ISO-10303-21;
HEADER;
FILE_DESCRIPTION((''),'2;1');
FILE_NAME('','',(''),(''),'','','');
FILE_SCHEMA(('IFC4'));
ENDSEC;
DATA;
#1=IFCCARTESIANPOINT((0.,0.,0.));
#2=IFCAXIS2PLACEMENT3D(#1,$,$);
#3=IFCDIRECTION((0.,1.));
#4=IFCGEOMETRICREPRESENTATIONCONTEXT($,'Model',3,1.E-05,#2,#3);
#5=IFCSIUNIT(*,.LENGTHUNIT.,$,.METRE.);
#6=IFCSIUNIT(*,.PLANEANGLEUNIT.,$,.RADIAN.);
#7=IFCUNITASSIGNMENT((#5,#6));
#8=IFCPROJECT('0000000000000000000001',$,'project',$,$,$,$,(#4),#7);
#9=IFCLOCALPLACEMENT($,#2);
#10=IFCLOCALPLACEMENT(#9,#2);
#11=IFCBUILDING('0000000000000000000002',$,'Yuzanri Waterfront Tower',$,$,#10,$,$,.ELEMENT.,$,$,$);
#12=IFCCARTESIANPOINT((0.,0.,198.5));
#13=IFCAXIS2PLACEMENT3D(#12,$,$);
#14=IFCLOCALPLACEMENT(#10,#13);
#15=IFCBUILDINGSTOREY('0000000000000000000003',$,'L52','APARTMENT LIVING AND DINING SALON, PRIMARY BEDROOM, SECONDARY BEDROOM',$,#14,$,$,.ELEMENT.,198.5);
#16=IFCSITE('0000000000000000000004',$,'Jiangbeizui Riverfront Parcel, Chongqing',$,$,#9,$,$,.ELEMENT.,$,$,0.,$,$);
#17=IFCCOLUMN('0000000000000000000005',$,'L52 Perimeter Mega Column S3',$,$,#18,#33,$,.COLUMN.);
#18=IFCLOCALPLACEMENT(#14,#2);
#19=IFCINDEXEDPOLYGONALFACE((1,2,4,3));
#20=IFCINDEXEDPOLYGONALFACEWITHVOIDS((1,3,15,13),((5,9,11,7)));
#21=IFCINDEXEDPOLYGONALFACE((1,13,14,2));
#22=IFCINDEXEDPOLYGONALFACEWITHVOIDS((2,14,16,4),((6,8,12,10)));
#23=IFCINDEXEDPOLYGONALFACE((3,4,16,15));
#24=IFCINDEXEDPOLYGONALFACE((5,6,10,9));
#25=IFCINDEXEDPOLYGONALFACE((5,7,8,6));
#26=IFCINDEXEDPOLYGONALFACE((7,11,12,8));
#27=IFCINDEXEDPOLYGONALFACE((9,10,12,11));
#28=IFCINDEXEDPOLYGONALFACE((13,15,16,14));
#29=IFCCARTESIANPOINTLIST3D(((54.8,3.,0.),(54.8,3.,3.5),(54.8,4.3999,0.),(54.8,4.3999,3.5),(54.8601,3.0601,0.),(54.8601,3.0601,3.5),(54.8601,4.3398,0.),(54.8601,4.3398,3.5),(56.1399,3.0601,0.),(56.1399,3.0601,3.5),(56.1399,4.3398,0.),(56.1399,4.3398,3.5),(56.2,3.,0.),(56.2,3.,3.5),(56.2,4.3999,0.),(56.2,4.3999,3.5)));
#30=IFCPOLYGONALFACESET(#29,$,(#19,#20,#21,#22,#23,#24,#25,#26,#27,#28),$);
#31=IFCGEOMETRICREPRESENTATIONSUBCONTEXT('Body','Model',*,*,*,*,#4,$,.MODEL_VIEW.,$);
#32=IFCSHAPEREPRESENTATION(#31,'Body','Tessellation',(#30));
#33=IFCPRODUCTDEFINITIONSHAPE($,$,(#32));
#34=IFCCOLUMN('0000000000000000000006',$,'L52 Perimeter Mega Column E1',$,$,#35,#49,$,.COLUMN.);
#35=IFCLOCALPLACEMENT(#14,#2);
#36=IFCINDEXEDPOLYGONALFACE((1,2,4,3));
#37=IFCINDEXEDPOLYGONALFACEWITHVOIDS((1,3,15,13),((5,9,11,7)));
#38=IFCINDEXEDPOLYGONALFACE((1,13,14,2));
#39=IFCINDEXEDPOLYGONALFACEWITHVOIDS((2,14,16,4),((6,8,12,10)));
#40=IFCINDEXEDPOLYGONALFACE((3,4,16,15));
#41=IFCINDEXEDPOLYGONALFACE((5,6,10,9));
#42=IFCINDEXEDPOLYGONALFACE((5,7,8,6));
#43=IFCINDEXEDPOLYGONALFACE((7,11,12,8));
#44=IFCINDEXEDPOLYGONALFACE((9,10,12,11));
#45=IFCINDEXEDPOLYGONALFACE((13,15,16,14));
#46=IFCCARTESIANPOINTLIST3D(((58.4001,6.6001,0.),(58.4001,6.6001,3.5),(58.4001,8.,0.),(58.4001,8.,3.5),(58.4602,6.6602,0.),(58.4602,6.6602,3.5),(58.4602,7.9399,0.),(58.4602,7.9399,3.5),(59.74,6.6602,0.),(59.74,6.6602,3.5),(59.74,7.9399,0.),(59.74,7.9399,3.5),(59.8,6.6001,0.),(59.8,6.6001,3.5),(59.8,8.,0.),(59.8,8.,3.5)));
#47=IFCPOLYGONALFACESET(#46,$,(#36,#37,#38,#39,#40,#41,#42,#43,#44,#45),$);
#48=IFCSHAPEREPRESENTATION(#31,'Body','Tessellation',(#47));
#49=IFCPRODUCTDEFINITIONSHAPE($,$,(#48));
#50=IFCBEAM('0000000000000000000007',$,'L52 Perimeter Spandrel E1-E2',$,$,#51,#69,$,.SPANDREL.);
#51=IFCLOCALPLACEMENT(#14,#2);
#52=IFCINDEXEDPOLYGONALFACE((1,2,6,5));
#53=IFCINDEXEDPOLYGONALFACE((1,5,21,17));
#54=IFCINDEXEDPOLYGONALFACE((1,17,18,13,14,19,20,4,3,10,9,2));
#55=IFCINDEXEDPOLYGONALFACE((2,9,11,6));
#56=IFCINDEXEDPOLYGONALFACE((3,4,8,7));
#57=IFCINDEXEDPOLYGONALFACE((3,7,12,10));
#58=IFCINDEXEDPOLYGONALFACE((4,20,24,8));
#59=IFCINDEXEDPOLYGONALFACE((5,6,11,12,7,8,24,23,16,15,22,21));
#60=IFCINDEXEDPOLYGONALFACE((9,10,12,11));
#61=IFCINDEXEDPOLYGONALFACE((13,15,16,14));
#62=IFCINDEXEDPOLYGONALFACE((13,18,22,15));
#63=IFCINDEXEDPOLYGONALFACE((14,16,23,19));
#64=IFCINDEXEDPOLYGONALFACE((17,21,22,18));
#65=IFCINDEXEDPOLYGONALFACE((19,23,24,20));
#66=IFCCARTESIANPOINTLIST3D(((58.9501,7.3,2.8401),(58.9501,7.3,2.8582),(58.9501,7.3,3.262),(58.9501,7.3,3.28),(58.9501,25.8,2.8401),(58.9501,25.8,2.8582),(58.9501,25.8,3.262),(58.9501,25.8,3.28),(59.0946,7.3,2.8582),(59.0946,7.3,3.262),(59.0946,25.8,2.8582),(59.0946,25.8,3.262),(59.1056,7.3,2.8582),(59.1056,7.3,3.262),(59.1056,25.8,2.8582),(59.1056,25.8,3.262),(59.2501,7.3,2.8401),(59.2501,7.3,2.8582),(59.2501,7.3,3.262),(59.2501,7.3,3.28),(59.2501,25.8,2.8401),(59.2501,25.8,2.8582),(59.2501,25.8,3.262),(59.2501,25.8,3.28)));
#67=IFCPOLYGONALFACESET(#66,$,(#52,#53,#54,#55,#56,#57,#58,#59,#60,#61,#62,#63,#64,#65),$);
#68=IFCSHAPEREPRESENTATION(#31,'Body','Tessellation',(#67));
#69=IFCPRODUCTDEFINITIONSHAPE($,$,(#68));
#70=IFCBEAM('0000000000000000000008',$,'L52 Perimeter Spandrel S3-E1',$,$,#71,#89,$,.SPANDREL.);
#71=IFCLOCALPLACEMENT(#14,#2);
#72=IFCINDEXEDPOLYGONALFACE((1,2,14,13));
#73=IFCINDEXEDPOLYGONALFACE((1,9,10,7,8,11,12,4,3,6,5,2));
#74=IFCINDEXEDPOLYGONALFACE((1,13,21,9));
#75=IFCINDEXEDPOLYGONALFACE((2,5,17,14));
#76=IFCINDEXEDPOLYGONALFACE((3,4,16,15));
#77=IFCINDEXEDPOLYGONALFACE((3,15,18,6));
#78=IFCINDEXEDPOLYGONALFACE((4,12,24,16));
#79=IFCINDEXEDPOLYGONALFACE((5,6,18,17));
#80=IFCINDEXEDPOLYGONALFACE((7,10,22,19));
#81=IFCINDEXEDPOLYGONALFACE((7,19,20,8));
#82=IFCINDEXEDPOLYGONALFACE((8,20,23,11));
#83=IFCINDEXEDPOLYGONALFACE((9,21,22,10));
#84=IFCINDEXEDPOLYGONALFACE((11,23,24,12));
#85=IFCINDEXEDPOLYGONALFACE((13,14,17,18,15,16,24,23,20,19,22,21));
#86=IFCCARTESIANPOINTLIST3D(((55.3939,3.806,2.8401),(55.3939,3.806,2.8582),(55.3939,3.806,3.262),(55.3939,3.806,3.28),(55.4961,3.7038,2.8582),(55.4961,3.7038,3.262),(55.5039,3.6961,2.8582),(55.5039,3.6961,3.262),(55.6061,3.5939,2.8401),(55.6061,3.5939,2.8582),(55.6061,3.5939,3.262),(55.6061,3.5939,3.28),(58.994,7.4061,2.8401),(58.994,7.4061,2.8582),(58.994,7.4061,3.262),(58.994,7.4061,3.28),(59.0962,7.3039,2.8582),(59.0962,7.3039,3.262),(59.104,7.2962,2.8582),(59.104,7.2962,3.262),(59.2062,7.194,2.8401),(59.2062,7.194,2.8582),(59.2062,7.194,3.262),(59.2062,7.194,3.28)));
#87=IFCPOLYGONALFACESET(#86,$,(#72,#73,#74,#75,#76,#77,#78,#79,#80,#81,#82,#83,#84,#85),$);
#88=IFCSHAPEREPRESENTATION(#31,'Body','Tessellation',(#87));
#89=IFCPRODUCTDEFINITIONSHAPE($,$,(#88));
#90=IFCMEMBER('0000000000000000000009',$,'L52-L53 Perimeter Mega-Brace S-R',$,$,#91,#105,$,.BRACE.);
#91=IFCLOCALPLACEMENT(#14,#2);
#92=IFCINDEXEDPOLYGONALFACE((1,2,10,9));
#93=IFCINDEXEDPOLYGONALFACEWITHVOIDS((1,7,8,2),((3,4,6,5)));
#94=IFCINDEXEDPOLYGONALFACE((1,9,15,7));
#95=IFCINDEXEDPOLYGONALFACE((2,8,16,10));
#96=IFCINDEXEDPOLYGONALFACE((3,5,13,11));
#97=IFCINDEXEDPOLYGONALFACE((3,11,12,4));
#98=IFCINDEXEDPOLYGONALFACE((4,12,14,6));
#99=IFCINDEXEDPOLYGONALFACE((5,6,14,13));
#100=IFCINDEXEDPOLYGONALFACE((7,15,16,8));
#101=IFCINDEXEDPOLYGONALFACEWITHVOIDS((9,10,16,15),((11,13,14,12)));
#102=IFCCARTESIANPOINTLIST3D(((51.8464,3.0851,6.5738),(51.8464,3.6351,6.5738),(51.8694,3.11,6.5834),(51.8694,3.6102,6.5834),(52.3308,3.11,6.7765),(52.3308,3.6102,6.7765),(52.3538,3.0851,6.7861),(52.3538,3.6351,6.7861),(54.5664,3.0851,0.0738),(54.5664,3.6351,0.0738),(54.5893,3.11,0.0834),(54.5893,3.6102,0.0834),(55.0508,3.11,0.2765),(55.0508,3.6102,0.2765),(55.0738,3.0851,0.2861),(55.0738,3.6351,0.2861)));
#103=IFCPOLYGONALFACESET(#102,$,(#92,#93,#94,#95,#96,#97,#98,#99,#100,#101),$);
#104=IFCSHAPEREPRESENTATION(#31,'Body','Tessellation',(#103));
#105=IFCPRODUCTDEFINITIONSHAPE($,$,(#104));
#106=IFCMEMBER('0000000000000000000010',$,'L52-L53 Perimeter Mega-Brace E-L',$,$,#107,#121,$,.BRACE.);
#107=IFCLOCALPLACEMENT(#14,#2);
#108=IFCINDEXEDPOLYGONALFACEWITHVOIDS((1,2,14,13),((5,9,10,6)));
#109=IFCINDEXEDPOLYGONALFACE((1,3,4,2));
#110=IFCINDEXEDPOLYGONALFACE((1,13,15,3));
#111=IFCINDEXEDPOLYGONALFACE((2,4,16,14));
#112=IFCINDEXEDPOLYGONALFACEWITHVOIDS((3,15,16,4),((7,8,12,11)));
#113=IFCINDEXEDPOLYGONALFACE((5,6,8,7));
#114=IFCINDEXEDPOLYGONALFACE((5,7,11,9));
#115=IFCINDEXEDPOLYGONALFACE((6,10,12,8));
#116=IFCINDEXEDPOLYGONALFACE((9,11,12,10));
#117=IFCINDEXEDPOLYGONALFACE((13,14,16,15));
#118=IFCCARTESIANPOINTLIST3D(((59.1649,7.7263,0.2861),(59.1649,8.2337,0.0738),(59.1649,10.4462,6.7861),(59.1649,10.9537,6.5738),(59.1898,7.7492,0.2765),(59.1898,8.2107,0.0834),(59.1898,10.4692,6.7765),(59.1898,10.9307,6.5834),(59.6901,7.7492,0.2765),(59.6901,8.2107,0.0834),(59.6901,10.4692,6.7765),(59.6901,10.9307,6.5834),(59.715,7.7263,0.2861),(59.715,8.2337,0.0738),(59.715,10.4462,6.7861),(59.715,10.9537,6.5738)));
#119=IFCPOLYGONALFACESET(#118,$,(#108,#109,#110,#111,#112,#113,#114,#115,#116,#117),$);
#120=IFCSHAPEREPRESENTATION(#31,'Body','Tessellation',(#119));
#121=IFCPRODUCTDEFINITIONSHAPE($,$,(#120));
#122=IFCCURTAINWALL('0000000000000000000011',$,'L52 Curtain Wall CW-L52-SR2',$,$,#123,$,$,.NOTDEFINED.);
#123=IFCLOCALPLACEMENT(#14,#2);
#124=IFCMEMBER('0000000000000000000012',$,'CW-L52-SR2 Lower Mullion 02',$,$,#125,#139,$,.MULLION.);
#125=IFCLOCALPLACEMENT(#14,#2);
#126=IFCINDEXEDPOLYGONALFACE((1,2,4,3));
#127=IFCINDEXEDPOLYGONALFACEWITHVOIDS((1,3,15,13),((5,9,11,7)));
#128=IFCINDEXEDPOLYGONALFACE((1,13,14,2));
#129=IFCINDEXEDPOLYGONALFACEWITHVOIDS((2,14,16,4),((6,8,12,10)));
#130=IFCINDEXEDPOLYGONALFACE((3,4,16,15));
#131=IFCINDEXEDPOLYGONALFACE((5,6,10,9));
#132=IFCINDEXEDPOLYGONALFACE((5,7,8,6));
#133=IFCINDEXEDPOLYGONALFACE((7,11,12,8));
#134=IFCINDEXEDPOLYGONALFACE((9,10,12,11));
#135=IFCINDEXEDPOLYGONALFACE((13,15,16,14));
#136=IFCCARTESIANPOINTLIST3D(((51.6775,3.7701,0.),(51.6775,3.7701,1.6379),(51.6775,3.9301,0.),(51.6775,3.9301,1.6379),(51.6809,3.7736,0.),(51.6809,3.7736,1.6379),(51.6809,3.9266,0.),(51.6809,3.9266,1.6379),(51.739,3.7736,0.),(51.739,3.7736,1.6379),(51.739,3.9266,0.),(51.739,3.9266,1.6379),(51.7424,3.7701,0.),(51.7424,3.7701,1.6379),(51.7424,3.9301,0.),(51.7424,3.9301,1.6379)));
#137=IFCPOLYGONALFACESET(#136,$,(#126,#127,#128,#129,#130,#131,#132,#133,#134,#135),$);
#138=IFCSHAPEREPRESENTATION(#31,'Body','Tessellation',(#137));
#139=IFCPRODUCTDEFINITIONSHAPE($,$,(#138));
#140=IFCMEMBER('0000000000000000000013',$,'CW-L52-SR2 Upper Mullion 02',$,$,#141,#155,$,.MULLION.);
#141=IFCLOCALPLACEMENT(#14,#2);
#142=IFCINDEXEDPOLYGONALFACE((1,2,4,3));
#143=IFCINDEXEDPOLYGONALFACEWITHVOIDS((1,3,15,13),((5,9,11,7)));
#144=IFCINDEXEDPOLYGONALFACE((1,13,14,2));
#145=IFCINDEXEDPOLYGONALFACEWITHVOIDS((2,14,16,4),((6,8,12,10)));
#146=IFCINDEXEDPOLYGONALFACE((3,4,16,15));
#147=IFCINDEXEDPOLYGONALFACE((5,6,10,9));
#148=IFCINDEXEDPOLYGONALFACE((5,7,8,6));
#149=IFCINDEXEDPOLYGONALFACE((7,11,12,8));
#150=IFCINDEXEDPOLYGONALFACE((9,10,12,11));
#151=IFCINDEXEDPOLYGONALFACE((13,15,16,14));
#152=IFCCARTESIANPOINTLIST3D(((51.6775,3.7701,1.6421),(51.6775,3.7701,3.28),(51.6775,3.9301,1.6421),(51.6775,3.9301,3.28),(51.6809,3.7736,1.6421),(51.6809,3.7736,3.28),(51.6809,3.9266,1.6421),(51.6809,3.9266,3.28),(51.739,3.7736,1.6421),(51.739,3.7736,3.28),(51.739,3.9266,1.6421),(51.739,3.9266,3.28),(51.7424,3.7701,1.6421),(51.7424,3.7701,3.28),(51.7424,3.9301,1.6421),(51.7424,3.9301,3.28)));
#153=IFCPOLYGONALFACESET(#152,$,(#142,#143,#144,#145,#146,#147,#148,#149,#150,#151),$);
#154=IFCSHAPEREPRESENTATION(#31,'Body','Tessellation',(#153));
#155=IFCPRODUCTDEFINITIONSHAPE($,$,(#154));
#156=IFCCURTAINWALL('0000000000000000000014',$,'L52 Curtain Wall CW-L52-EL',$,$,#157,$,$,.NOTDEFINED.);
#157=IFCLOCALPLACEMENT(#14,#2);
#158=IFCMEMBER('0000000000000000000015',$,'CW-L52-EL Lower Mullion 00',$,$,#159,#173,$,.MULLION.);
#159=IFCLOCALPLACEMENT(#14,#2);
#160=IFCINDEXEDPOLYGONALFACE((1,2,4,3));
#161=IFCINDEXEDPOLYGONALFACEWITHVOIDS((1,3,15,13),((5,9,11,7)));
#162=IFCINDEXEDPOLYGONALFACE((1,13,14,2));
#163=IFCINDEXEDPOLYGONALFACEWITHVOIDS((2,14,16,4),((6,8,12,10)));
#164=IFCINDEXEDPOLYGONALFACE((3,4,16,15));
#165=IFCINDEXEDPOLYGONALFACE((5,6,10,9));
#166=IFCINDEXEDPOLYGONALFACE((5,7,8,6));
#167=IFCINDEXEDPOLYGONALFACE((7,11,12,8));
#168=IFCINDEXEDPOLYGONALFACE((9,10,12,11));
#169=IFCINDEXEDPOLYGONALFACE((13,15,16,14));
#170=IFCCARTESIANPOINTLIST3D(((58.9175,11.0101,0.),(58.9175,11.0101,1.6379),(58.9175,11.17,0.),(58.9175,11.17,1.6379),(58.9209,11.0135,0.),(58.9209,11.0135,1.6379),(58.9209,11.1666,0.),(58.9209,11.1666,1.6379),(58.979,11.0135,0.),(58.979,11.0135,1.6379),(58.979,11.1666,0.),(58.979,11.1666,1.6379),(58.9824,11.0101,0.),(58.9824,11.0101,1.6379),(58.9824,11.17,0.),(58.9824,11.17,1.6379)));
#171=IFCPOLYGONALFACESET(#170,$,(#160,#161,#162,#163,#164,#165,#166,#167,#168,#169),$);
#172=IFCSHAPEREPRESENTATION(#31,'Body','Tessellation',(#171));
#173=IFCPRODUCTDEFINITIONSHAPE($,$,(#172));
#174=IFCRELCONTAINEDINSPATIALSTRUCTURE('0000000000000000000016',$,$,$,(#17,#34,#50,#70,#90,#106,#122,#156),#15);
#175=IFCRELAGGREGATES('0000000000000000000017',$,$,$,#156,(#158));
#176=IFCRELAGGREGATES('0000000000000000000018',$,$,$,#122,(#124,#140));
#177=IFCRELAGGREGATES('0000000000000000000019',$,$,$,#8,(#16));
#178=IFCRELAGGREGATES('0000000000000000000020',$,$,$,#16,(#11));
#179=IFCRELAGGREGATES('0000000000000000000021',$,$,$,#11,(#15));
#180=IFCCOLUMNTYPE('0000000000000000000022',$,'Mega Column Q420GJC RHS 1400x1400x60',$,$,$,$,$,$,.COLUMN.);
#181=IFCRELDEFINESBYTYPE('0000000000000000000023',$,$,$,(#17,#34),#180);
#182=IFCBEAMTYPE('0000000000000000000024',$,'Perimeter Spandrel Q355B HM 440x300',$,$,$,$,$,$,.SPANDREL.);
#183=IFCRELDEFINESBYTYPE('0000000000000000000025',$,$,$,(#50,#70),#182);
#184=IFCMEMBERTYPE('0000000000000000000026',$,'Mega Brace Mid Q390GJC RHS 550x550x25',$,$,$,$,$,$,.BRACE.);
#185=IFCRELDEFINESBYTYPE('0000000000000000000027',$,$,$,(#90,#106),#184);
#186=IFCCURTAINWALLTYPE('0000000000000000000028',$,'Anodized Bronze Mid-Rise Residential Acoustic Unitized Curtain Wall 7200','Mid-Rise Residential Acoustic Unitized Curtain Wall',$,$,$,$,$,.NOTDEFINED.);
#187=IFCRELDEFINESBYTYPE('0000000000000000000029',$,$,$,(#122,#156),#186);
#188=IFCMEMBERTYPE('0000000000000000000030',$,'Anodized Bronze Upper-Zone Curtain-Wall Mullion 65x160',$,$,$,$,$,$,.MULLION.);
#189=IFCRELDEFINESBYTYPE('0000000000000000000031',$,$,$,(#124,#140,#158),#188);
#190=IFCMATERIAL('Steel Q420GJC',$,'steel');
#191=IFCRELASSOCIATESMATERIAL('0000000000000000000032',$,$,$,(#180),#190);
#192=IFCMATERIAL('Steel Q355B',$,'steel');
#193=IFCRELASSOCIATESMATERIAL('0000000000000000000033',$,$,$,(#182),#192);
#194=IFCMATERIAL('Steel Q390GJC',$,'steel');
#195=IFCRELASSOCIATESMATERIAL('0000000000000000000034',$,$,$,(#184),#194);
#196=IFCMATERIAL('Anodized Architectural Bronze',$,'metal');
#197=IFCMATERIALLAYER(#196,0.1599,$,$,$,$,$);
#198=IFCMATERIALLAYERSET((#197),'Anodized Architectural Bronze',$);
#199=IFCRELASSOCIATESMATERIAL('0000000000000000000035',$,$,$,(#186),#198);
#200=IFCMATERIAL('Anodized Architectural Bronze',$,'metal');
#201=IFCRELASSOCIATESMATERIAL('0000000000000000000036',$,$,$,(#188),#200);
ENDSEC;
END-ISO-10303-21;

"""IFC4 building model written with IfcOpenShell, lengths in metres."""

from ifc_helpers import new_model, si_unit, direction, frame, origin, origin_2d, place, context, subcontext, project, spatial, hollow_rectangle, i_section, extrude, source, transform, mapped, material, layer, layer_set, material_profile, profile_set, type_object, element, aggregate, save


model = new_model("IFC4")

# Units and contexts
model_context = context("Model", 3, precision=1e-05, world=origin(), true_north=direction((0.0, 1.0)))
body_context = subcontext(model_context, "Body", "Model", "MODEL_VIEW")
ifc_project = project(units=[si_unit("LENGTHUNIT", "METRE"), si_unit("PLANEANGLEUNIT", "RADIAN")], contexts=[model_context])

# Site, building, storey
site_placement = place(None, origin())
site = spatial("IfcSite", under=ifc_project, at=site_placement, Name="Jiangbeizui Riverfront Parcel, Chongqing", CompositionType="ELEMENT", RefElevation=0.0)
building_placement = place(site_placement, origin())
building = spatial("IfcBuilding", under=site, at=building_placement, Name="Yuzanri Waterfront Tower", CompositionType="ELEMENT")
storey_placement = place(building_placement, frame((0.0, 0.0, 198.5)))
storey = spatial("IfcBuildingStorey", under=building, at=storey_placement, Name="L52", Description="APARTMENT LIVING AND DINING SALON, PRIMARY BEDROOM, SECONDARY BEDROOM", CompositionType="ELEMENT", Elevation=198.5)

# Columns
ifc_material_1 = material(Name="Steel Q420GJC", Category="steel")
ifc_material_profile_1 = material_profile(ifc_material_1, hollow_rectangle(XDim=1.3999, YDim=1.3999, WallThickness=0.0601, at=origin_2d()), Name="RHS 1400x1400x60")
ifc_profile_set_1 = profile_set([ifc_material_profile_1], Name="Steel Q420GJC")
column_type = type_object("IfcColumnType", Name="Mega Column Q420GJC RHS 1400x1400x60", PredefinedType="COLUMN", material=ifc_profile_set_1)
shared_shape_1 = source(origin(), body_context, "Body", "SweptSolid", [
    extrude(hollow_rectangle(XDim=1.3999, YDim=1.3999, WallThickness=0.0601, at=origin_2d()), origin(), (0.0, 0.0, 1.0), 3.5),
])
for number, where, z_axis, x_axis, name in (
    (1, (55.5, 3.7, 0.0), (0.0, 0.0, 1.0), (1.0, 0.0, 0.0), "L52 Perimeter Mega Column S3"),
    (2, (59.1001, 7.3, 0.0), (0.0, 0.0, 1.0), (1.0, 0.0, 0.0), "L52 Perimeter Mega Column E1"),
):
    element("IfcColumn", number, at=place(storey_placement, frame(where, z_axis=z_axis, x_axis=x_axis)), inside=storey, type_object=column_type, Name=name, PredefinedType="COLUMN", context=body_context, shape_type="MappedRepresentation", body=[
        mapped(shared_shape_1, transform((0.0, 0.0, 0.0), scale=1.0)),
    ])

# Beams
ifc_material_2 = material(Name="Steel Q355B", Category="steel")
ifc_material_profile_2 = material_profile(ifc_material_2, i_section(OverallWidth=0.3, OverallDepth=0.4399, WebThickness=0.011, FlangeThickness=0.0181, at=origin_2d()), Name="HM 440x300x11x18")
ifc_profile_set_2 = profile_set([ifc_material_profile_2], Name="Steel Q355B")
beam_type = type_object("IfcBeamType", Name="Perimeter Spandrel Q355B HM 440x300", PredefinedType="SPANDREL", material=ifc_profile_set_2)
shared_shape_2 = source(origin(), body_context, "Body", "SweptSolid", [
    extrude(i_section(OverallWidth=0.3, OverallDepth=0.4399, WebThickness=0.011, FlangeThickness=0.0181, at=origin_2d()), origin(), (0.0, 0.0, 1.0), 18.5),
])
beam_1_placement = place(storey_placement, frame((59.1001, 7.3, 3.0601), z_axis=(0.0, 1.0, 0.0), x_axis=(-1.0, 0.0, 0.0)))
element("IfcBeam", 3, at=beam_1_placement, inside=storey, type_object=beam_type, Name="L52 Perimeter Spandrel E1-E2", PredefinedType="SPANDREL", context=body_context, shape_type="MappedRepresentation", body=[
    mapped(shared_shape_2, transform((0.0, 0.0, 0.0), scale=1.0)),
])
shared_shape_3 = source(origin(), body_context, "Body", "SweptSolid", [
    extrude(i_section(OverallWidth=0.3, OverallDepth=0.4399, WebThickness=0.011, FlangeThickness=0.0181, at=origin_2d()), origin(), (0.0, 0.0, 1.0), 5.0913),
])
beam_2_placement = place(storey_placement, frame((55.5, 3.7, 3.0601), z_axis=(0.707107, 0.707107, 0.0), x_axis=(-0.707107, 0.707107, 0.0)))
element("IfcBeam", 4, at=beam_2_placement, inside=storey, type_object=beam_type, Name="L52 Perimeter Spandrel S3-E1", PredefinedType="SPANDREL", context=body_context, shape_type="MappedRepresentation", body=[
    mapped(shared_shape_3, transform((0.0, 0.0, 0.0), scale=1.0)),
])

# Members
ifc_material_3 = material(Name="Steel Q390GJC", Category="steel")
ifc_material_profile_3 = material_profile(ifc_material_3, hollow_rectangle(XDim=0.55, YDim=0.55, WallThickness=0.0249, at=origin_2d()), Name="RHS 550x550x25")
ifc_profile_set_3 = profile_set([ifc_material_profile_3], Name="Steel Q390GJC")
member_type_1 = type_object("IfcMemberType", Name="Mega Brace Mid Q390GJC RHS 550x550x25", PredefinedType="BRACE", material=ifc_profile_set_3)
shared_shape_4 = source(origin(), body_context, "Body", "SweptSolid", [
    extrude(hollow_rectangle(XDim=0.55, YDim=0.55, WallThickness=0.0249, at=origin_2d()), origin(), (0.0, 0.0, 1.0), 7.0461),
])
for number, where, z_axis, x_axis, name in (
    (5, (54.8201, 3.3601, 0.1799), (-0.386022, 0.0, 0.922489), (0.0, -1.0, 0.0), "L52-L53 Perimeter Mega-Brace S-R"),
    (6, (59.4399, 7.98, 0.1799), (0.0, 0.386022, 0.922489), (-1.0, 0.0, 0.0), "L52-L53 Perimeter Mega-Brace E-L"),
):
    element("IfcMember", number, at=place(storey_placement, frame(where, z_axis=z_axis, x_axis=x_axis)), inside=storey, type_object=member_type_1, Name=name, PredefinedType="BRACE", context=body_context, shape_type="MappedRepresentation", body=[
        mapped(shared_shape_4, transform((0.0, 0.0, 0.0), scale=1.0)),
    ])

# Curtain walls, members
ifc_material_4 = material(Name="Anodized Architectural Bronze", Category="metal")
ifc_layer_1 = layer(ifc_material_4, 0.1599)
ifc_layer_set_1 = layer_set([ifc_layer_1], Name="Anodized Architectural Bronze")
curtain_wall_type = type_object("IfcCurtainWallType", Name="Anodized Bronze Mid-Rise Residential Acoustic Unitized Curtain Wall 7200", Description="Mid-Rise Residential Acoustic Unitized Curtain Wall", PredefinedType="NOTDEFINED", material=ifc_layer_set_1)
curtain_wall_1_placement = place(storey_placement, origin())
curtain_wall_1 = element("IfcCurtainWall", 7, at=curtain_wall_1_placement, inside=storey, type_object=curtain_wall_type, Name="L52 Curtain Wall CW-L52-SR2", PredefinedType="NOTDEFINED")
ifc_material_5 = material(Name="Anodized Architectural Bronze", Category="metal")
ifc_material_profile_4 = material_profile(ifc_material_5, hollow_rectangle(XDim=0.0649, YDim=0.1599, WallThickness=0.0034, at=origin_2d()), Name="CWM 65x160")
ifc_profile_set_4 = profile_set([ifc_material_profile_4], Name="Anodized Architectural Bronze")
member_type_2 = type_object("IfcMemberType", Name="Anodized Bronze Upper-Zone Curtain-Wall Mullion 65x160", PredefinedType="MULLION", material=ifc_profile_set_4)
shared_shape_5 = source(origin(), body_context, "Body", "SweptSolid", [
    extrude(hollow_rectangle(XDim=0.0649, YDim=0.1599, WallThickness=0.0034, at=origin_2d()), origin(), (0.0, 0.0, 1.0), 1.6379),
])
member_1_placement = place(storey_placement, frame((51.71, 3.8501, 0.0), z_axis=(0.0, 0.0, 1.0), x_axis=(1.0, 0.0, 0.0)))
member_1 = element("IfcMember", 8, at=member_1_placement, type_object=member_type_2, Name="CW-L52-SR2 Lower Mullion 02", PredefinedType="MULLION", context=body_context, shape_type="MappedRepresentation", body=[
    mapped(shared_shape_5, transform((0.0, 0.0, 0.0), scale=1.0)),
])
member_2_placement = place(storey_placement, frame((51.71, 3.8501, 1.6421), z_axis=(0.0, 0.0, 1.0), x_axis=(1.0, 0.0, 0.0)))
member_2 = element("IfcMember", 9, at=member_2_placement, type_object=member_type_2, Name="CW-L52-SR2 Upper Mullion 02", PredefinedType="MULLION", context=body_context, shape_type="MappedRepresentation", body=[
    mapped(shared_shape_5, transform((0.0, 0.0, 0.0), scale=1.0)),
])
curtain_wall_2_placement = place(storey_placement, origin())
curtain_wall_2 = element("IfcCurtainWall", 10, at=curtain_wall_2_placement, inside=storey, type_object=curtain_wall_type, Name="L52 Curtain Wall CW-L52-EL", PredefinedType="NOTDEFINED")
member_3_placement = place(storey_placement, frame((58.95, 11.0901, 0.0), z_axis=(0.0, 0.0, 1.0), x_axis=(1.0, 0.0, 0.0)))
member_3 = element("IfcMember", 11, at=member_3_placement, type_object=member_type_2, Name="CW-L52-EL Lower Mullion 00", PredefinedType="MULLION", context=body_context, shape_type="MappedRepresentation", body=[
    mapped(shared_shape_5, transform((0.0, 0.0, 0.0), scale=1.0)),
])
aggregate(curtain_wall_2, [member_3])

aggregate(curtain_wall_1, [member_1, member_2])

save(model, "model.ifc")
